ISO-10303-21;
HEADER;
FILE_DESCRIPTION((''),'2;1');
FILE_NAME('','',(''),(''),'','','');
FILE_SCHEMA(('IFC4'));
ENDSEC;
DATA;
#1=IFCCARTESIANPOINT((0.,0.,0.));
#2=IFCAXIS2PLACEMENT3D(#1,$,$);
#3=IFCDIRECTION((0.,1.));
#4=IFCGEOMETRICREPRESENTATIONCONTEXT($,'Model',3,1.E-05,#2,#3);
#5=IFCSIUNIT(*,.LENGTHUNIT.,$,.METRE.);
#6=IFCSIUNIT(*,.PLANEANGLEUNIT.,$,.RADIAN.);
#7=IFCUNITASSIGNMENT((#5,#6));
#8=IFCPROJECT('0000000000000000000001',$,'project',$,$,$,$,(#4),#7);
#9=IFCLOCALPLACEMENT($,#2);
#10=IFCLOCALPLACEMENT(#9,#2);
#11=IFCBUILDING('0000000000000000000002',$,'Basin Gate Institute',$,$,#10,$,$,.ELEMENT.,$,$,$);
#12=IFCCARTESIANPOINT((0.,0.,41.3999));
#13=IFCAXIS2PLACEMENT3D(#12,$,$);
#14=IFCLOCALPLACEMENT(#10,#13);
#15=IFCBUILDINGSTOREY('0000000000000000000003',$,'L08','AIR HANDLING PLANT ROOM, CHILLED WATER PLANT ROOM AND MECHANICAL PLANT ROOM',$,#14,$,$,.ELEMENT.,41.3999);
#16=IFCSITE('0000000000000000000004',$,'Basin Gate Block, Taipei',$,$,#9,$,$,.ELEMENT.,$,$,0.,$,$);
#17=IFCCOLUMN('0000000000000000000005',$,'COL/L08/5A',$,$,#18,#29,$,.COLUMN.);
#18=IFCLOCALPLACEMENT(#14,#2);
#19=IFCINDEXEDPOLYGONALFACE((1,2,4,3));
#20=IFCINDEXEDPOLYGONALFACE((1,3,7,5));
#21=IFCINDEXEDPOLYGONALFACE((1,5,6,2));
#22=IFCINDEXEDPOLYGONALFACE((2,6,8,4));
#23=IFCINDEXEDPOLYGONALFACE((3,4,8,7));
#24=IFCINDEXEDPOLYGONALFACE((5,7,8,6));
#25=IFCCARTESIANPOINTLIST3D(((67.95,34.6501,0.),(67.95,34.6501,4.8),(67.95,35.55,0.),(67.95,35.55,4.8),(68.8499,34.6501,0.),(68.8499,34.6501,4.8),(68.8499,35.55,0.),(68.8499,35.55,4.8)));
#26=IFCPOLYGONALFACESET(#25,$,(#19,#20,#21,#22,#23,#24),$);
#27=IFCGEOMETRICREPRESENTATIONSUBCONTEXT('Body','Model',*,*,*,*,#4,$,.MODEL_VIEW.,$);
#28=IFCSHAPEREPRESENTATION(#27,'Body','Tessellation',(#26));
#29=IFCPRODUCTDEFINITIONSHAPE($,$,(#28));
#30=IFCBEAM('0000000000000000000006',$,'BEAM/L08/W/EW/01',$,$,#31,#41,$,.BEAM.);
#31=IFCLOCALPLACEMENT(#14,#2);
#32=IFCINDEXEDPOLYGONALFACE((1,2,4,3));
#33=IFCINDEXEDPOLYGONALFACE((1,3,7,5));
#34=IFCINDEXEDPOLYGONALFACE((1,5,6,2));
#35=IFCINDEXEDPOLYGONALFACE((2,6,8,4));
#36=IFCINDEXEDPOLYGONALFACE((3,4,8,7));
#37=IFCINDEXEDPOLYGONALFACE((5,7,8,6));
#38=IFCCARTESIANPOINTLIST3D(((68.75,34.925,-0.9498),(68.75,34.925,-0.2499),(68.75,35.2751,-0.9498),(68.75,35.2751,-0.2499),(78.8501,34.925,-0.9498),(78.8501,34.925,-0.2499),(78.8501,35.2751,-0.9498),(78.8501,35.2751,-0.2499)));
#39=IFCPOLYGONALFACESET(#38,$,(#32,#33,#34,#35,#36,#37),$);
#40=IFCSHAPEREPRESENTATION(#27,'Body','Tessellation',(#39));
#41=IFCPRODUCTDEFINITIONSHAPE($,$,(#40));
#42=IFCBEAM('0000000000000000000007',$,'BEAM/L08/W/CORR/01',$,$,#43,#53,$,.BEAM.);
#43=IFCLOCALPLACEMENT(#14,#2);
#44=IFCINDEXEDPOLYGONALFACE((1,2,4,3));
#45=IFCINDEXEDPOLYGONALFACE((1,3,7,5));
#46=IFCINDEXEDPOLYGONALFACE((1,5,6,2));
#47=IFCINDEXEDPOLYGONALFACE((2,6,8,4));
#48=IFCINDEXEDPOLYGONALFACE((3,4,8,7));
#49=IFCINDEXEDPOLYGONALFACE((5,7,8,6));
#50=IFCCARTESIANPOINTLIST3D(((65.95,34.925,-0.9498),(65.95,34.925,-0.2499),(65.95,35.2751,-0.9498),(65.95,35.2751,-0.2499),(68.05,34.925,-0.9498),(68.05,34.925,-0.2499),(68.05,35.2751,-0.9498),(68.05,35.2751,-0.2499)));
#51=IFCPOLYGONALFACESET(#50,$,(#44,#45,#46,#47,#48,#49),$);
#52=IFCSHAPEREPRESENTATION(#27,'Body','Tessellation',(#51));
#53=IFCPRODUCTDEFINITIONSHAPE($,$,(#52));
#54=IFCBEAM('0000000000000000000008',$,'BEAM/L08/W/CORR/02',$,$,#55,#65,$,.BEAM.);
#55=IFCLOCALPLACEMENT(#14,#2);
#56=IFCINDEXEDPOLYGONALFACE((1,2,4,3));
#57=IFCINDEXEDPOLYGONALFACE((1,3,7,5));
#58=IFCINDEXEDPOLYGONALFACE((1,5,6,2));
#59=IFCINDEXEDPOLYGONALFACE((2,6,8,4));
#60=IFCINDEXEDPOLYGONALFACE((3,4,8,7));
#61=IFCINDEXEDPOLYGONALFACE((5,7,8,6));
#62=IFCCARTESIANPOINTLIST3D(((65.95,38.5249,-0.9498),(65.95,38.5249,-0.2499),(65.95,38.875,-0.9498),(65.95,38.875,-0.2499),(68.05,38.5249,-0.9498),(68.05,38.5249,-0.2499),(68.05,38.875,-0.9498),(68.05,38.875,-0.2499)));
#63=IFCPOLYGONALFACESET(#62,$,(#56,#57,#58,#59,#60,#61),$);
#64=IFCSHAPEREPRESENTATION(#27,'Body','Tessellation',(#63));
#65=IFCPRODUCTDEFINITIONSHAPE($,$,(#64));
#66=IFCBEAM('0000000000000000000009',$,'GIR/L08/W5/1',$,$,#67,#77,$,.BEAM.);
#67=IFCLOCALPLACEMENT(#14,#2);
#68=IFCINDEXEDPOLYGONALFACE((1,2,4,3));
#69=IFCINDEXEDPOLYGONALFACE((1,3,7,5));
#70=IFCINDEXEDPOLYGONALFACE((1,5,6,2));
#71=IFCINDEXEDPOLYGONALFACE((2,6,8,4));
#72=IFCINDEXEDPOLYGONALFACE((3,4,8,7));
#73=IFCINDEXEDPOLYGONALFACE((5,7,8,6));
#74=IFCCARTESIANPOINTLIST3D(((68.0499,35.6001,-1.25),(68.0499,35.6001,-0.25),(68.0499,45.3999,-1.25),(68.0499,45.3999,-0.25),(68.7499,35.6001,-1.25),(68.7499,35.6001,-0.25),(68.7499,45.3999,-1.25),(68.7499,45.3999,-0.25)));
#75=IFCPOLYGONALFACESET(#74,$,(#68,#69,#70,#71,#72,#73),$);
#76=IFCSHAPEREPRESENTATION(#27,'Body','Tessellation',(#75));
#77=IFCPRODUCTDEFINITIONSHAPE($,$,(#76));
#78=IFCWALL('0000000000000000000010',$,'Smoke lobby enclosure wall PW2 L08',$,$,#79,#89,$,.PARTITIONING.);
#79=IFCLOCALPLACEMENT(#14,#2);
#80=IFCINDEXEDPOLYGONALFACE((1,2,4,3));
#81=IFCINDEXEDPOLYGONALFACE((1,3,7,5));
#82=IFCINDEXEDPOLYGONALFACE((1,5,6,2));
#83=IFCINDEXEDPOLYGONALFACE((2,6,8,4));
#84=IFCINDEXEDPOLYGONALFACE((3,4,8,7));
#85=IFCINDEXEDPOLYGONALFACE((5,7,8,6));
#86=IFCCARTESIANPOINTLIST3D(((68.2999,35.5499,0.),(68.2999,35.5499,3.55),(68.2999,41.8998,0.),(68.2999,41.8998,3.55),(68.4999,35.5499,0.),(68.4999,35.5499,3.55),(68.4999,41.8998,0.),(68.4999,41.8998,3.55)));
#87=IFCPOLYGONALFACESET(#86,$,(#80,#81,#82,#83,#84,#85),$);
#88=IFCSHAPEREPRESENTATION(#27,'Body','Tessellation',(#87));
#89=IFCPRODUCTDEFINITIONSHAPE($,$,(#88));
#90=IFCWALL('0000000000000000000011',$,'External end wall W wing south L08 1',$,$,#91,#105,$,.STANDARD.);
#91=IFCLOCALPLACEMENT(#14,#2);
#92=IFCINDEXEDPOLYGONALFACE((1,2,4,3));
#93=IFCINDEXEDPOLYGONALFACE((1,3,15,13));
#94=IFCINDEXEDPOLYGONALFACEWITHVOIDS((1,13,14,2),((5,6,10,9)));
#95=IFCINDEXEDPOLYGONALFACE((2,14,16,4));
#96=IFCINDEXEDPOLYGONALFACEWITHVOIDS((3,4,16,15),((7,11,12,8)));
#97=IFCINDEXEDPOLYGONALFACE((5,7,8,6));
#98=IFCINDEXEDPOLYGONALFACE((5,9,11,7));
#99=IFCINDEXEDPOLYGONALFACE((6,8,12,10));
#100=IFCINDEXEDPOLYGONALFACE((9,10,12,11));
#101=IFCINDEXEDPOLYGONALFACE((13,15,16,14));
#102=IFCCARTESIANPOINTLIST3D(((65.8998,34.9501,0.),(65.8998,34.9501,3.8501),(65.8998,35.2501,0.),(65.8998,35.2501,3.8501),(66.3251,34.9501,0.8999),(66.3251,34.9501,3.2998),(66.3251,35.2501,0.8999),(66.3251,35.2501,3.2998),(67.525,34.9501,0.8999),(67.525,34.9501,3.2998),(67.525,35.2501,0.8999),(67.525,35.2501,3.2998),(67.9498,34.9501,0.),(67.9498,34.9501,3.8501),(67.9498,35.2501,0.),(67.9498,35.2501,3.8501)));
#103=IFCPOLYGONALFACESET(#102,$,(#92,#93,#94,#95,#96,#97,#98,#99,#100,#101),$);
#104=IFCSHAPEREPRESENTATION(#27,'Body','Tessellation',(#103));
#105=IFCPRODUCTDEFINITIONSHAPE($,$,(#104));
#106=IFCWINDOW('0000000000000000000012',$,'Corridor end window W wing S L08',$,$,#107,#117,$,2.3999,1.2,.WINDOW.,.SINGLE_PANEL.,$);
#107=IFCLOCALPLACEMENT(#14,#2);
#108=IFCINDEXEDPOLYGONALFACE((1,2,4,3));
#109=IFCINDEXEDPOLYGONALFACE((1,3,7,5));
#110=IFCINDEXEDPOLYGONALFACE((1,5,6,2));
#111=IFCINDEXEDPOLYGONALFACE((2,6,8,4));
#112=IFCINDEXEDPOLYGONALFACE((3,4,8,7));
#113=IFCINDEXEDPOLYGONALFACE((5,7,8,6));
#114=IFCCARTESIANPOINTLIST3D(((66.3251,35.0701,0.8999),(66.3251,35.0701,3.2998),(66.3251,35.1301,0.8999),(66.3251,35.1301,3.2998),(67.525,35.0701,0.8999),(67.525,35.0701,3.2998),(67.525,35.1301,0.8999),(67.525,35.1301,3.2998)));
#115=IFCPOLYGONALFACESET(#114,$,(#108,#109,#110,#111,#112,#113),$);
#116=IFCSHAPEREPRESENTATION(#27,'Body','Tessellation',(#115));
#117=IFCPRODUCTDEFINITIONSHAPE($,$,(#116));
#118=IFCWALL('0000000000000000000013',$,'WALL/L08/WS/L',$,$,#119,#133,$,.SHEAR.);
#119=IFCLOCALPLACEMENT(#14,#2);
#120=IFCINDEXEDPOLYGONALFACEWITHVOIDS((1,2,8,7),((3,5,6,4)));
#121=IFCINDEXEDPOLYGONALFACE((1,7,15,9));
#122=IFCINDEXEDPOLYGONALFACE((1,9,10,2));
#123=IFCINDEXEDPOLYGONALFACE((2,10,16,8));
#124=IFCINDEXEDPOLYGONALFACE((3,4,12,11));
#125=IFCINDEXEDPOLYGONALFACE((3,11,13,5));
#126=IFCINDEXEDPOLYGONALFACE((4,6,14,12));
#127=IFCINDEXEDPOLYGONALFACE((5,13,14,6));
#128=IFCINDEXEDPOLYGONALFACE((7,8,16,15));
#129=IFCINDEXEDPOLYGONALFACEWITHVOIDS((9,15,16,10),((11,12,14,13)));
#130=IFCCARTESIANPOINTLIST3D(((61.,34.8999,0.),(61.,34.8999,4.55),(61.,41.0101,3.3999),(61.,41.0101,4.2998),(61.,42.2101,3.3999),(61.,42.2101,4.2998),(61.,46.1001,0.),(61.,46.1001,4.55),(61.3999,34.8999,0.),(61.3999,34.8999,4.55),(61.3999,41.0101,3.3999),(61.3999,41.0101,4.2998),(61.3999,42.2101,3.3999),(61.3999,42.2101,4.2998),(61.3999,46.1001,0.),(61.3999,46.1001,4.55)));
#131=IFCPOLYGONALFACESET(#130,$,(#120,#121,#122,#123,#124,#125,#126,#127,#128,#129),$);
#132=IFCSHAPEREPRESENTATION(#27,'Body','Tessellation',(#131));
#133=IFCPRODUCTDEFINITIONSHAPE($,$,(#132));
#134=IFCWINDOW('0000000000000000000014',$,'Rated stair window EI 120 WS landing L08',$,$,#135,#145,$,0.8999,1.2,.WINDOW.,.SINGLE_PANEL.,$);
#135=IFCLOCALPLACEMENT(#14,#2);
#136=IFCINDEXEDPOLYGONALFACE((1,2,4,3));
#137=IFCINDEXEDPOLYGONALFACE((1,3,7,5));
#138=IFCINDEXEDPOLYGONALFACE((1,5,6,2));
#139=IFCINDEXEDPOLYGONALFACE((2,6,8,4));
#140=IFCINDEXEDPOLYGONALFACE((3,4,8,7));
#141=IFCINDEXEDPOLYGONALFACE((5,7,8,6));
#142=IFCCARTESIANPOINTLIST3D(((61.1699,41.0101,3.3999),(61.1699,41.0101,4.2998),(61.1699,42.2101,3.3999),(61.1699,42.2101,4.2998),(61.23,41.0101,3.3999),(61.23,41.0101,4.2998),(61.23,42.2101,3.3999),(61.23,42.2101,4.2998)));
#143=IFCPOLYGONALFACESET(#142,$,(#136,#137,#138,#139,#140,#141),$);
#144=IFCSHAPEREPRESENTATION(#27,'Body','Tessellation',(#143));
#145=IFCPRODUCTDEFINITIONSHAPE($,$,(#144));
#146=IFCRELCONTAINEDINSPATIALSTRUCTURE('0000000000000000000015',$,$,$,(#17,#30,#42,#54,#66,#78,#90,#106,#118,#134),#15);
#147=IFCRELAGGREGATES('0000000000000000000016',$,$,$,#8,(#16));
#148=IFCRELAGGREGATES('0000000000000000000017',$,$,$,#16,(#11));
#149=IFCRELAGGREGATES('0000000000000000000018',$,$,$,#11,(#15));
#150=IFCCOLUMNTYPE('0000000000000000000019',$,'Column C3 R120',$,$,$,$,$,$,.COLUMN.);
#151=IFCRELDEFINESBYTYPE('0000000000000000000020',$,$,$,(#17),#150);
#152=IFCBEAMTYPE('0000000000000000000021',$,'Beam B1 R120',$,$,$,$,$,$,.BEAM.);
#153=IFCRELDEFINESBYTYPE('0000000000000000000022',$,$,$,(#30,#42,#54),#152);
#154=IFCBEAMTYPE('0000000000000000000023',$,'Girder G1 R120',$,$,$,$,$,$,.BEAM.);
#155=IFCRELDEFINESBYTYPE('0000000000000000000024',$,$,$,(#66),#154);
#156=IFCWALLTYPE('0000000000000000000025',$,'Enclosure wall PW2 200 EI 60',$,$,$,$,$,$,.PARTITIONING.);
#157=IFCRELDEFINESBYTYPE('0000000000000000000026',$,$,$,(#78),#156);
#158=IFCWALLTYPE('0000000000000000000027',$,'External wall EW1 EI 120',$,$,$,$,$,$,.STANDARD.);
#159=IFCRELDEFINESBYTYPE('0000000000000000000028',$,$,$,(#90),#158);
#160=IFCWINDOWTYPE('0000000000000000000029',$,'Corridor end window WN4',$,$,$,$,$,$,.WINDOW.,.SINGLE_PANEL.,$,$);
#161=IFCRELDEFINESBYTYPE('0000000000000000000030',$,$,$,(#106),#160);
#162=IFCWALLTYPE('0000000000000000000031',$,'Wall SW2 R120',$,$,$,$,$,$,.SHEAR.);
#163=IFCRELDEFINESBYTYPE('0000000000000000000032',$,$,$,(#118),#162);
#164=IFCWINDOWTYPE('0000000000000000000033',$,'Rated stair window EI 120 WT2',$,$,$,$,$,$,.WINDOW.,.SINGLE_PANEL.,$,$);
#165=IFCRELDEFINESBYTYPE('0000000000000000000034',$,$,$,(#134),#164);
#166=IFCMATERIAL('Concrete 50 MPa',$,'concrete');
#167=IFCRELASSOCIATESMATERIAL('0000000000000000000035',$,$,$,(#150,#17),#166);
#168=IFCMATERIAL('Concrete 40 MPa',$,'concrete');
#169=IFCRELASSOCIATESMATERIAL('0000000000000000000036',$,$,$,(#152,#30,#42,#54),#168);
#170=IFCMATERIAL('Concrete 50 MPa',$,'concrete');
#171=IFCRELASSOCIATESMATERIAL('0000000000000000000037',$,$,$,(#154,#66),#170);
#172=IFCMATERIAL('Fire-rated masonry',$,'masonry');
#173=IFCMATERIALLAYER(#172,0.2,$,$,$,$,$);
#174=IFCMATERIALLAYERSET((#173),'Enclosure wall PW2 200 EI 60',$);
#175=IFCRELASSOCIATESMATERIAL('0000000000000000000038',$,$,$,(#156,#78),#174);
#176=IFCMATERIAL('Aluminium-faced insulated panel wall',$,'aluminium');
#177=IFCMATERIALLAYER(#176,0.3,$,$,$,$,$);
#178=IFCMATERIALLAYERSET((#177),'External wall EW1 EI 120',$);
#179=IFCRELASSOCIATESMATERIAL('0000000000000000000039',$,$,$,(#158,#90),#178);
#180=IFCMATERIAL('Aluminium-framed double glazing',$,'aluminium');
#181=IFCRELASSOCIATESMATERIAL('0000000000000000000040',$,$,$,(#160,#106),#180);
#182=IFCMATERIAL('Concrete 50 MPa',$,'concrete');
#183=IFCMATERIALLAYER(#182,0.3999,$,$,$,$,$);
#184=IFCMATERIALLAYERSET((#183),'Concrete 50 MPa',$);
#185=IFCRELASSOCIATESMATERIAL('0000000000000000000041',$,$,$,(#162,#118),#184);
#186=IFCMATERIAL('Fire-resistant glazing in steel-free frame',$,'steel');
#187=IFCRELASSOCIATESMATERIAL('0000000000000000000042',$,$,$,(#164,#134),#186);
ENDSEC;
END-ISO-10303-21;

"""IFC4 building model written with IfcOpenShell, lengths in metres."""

from ifc_helpers import new_model, si_unit, direction, frame, frame_2d, origin, origin_2d, place, context, subcontext, project, spatial, rectangle, extrude, material, layer, layer_set, material_profile, profile_set, type_object, element, fill, save


model = new_model("IFC4")

# Units and contexts
model_context = context("Model", 3, precision=1e-05, world=origin(), true_north=direction((0.0, 1.0)))
body_context = subcontext(model_context, "Body", "Model", "MODEL_VIEW")
ifc_project = project(units=[si_unit("LENGTHUNIT", "METRE"), si_unit("PLANEANGLEUNIT", "RADIAN")], contexts=[model_context])

# Site, building, storey
site_placement = place(None, origin())
site = spatial("IfcSite", under=ifc_project, at=site_placement, Name="Basin Gate Block, Taipei", CompositionType="ELEMENT", RefElevation=0.0)
building_placement = place(site_placement, origin())
building = spatial("IfcBuilding", under=site, at=building_placement, Name="Basin Gate Institute", CompositionType="ELEMENT")
storey_placement = place(building_placement, frame((0.0, 0.0, 41.3999)))
storey = spatial("IfcBuildingStorey", under=building, at=storey_placement, Name="L08", Description="AIR HANDLING PLANT ROOM, CHILLED WATER PLANT ROOM AND MECHANICAL PLANT ROOM", CompositionType="ELEMENT", Elevation=41.3999)

# Column
ifc_material_1 = material(Name="Concrete 50 MPa", Category="concrete")
ifc_material_profile_1 = material_profile(ifc_material_1, rectangle(XDim=0.8999, YDim=0.8999, at=origin_2d()), Name="Column C3 900 x 900")
ifc_profile_set_1 = profile_set([ifc_material_profile_1], Name="Concrete 50 MPa")
column_type = type_object("IfcColumnType", Name="Column C3 R120", PredefinedType="COLUMN", material=ifc_profile_set_1)
column_placement = place(storey_placement, frame((68.3999, 35.1001, 0.0), z_axis=(0.0, 0.0, 1.0), x_axis=(1.0, 0.0, 0.0)))
element("IfcColumn", 1, at=column_placement, inside=storey, type_object=column_type, material=ifc_profile_set_1, Name="COL/L08/5A", PredefinedType="COLUMN", context=body_context, shape_type="SweptSolid", body=[
    extrude(rectangle(XDim=0.8999, YDim=0.8999, at=origin_2d()), origin(), (0.0, 0.0, 1.0), 4.8),
])

# Beams
ifc_material_2 = material(Name="Concrete 40 MPa", Category="concrete")
ifc_material_profile_2 = material_profile(ifc_material_2, rectangle(XDim=0.3501, YDim=0.7, at=origin_2d()), Name="Beam B1 350 x 700")
ifc_profile_set_2 = profile_set([ifc_material_profile_2], Name="Concrete 40 MPa")
beam_type_1 = type_object("IfcBeamType", Name="Beam B1 R120", PredefinedType="BEAM", material=ifc_profile_set_2)
beam_1_placement = place(storey_placement, frame((68.75, 35.1001, -0.5999), z_axis=(1.0, 0.0, 0.0), x_axis=(0.0, 1.0, 0.0)))
element("IfcBeam", 2, at=beam_1_placement, inside=storey, type_object=beam_type_1, material=ifc_profile_set_2, Name="BEAM/L08/W/EW/01", PredefinedType="BEAM", context=body_context, shape_type="SweptSolid", body=[
    extrude(rectangle(XDim=0.3501, YDim=0.7, at=origin_2d()), origin(), (0.0, 0.0, 1.0), 10.1001),
])
for number, where, z_axis, x_axis, name in (
    (3, (65.95, 35.1001, -0.5999), (1.0, 0.0, 0.0), (0.0, 1.0, 0.0), "BEAM/L08/W/CORR/01"),
    (4, (65.95, 38.7, -0.5999), (1.0, 0.0, 0.0), (0.0, 1.0, 0.0), "BEAM/L08/W/CORR/02"),
):
    element("IfcBeam", number, at=place(storey_placement, frame(where, z_axis=z_axis, x_axis=x_axis)), inside=storey, type_object=beam_type_1, material=ifc_profile_set_2, Name=name, PredefinedType="BEAM", context=body_context, shape_type="SweptSolid", body=[
        extrude(rectangle(XDim=0.3501, YDim=0.7, at=origin_2d()), origin(), (0.0, 0.0, 1.0), 2.1001),
    ])
ifc_material_3 = material(Name="Concrete 50 MPa", Category="concrete")
ifc_material_profile_3 = material_profile(ifc_material_3, rectangle(XDim=0.7, YDim=1.0, at=origin_2d()), Name="Girder G1 700 x 1000")
ifc_profile_set_3 = profile_set([ifc_material_profile_3], Name="Concrete 50 MPa")
beam_type_2 = type_object("IfcBeamType", Name="Girder G1 R120", PredefinedType="BEAM", material=ifc_profile_set_3)
beam_2_placement = place(storey_placement, frame((68.3999, 35.6001, -0.75), z_axis=(0.0, 1.0, 0.0), x_axis=(-1.0, 0.0, 0.0)))
element("IfcBeam", 5, at=beam_2_placement, inside=storey, type_object=beam_type_2, material=ifc_profile_set_3, Name="GIR/L08/W5/1", PredefinedType="BEAM", context=body_context, shape_type="SweptSolid", body=[
    extrude(rectangle(XDim=0.7, YDim=1.0, at=origin_2d()), origin(), (0.0, 0.0, 1.0), 9.7998),
])

# Wall
ifc_material_4 = material(Name="Fire-rated masonry", Category="masonry")
ifc_layer_1 = layer(ifc_material_4, 0.2)
ifc_layer_set_1 = layer_set([ifc_layer_1], Name="Enclosure wall PW2 200 EI 60")
wall_type_1 = type_object("IfcWallType", Name="Enclosure wall PW2 200 EI 60", PredefinedType="PARTITIONING", material=ifc_layer_set_1)
wall_1_placement = place(storey_placement, frame((68.3999, 35.55, 0.0), z_axis=(0.0, 0.0, 1.0), x_axis=(0.0, 1.0, 0.0)))
element("IfcWall", 6, at=wall_1_placement, inside=storey, type_object=wall_type_1, material=ifc_layer_set_1, Name="Smoke lobby enclosure wall PW2 L08", PredefinedType="PARTITIONING", context=body_context, shape_type="SweptSolid", body=[
    extrude(rectangle(XDim=6.3499, YDim=0.2, at=frame_2d((3.1748, 0.0))), origin(), (0.0, 0.0, 1.0), 3.55),
])

# Walls, openings, windows
ifc_material_5 = material(Name="Aluminium-faced insulated panel wall", Category="aluminium")
ifc_layer_2 = layer(ifc_material_5, 0.3)
ifc_layer_set_2 = layer_set([ifc_layer_2], Name="External wall EW1 EI 120")
wall_type_2 = type_object("IfcWallType", Name="External wall EW1 EI 120", PredefinedType="STANDARD", material=ifc_layer_set_2)
wall_2_placement = place(storey_placement, frame((65.8999, 35.1001, 0.0), z_axis=(0.0, 0.0, 1.0), x_axis=(1.0, 0.0, 0.0)))
wall_2 = element("IfcWall", 7, at=wall_2_placement, inside=storey, type_object=wall_type_2, material=ifc_layer_set_2, Name="External end wall W wing south L08 1", PredefinedType="STANDARD", context=body_context, shape_type="SweptSolid", body=[
    extrude(rectangle(XDim=2.05, YDim=0.3, at=frame_2d((1.0249, 0.0))), origin(), (0.0, 0.0, 1.0), 3.8501),
])
opening_1_placement = place(wall_2_placement, frame((0.425, 0.0, 0.8999)))
opening_1 = element("IfcOpeningElement", 8, at=opening_1_placement, cuts=wall_2, PredefinedType="OPENING", context=body_context, shape_type="SweptSolid", body=[
    extrude(rectangle(XDim=1.2, YDim=2.3999, at=frame_2d((0.6001, 1.2))), frame((0.0, 0.1602, 0.0), z_axis=(0.0, -1.0, 0.0), x_axis=(1.0, 0.0, 0.0)), (0.0, 0.0, 1.0), 0.3201),
])
ifc_material_6 = material(Name="Aluminium-framed double glazing", Category="aluminium")
window_type_1 = type_object("IfcWindowType", Name="Corridor end window WN4", PartitioningType="SINGLE_PANEL", PredefinedType="WINDOW", material=ifc_material_6)
window_1_placement = place(opening_1_placement, origin())
window_1 = element("IfcWindow", 9, at=window_1_placement, inside=storey, type_object=window_type_1, material=ifc_material_6, Name="Corridor end window W wing S L08", OverallHeight=2.3999, OverallWidth=1.2, PartitioningType="SINGLE_PANEL", PredefinedType="WINDOW", context=body_context, shape_type="SweptSolid", body=[
    extrude(rectangle(XDim=1.2, YDim=2.3999, at=frame_2d((0.6001, 1.2))), frame((0.0, 0.03, 0.0), z_axis=(0.0, -1.0, 0.0), x_axis=(1.0, 0.0, 0.0)), (0.0, 0.0, 1.0), 0.0601),
])
fill(opening_1, window_1)
ifc_material_7 = material(Name="Concrete 50 MPa", Category="concrete")
ifc_layer_3 = layer(ifc_material_7, 0.3999)
ifc_layer_set_3 = layer_set([ifc_layer_3], Name="Concrete 50 MPa")
wall_type_3 = type_object("IfcWallType", Name="Wall SW2 R120", PredefinedType="SHEAR", material=ifc_layer_set_3)
wall_3_placement = place(storey_placement, frame((61.2, 34.8999, 0.0), z_axis=(0.0, 0.0, 1.0), x_axis=(0.0, 1.0, 0.0)))
wall_3 = element("IfcWall", 10, at=wall_3_placement, inside=storey, type_object=wall_type_3, material=ifc_layer_set_3, Name="WALL/L08/WS/L", PredefinedType="SHEAR", context=body_context, shape_type="SweptSolid", body=[
    extrude(rectangle(XDim=11.2002, YDim=0.3999, at=frame_2d((5.6001, 0.0))), origin(), (0.0, 0.0, 1.0), 4.55),
])
opening_2_placement = place(wall_3_placement, frame((6.1101, 0.0, 3.3999)))
opening_2 = element("IfcOpeningElement", 11, at=opening_2_placement, cuts=wall_3, PredefinedType="OPENING", context=body_context, shape_type="SweptSolid", body=[
    extrude(rectangle(XDim=1.2, YDim=0.8999, at=frame_2d((0.6001, 0.45))), frame((0.0, 0.21, 0.0), z_axis=(0.0, -1.0, 0.0), x_axis=(1.0, 0.0, 0.0)), (0.0, 0.0, 1.0), 0.4199),
])
ifc_material_8 = material(Name="Fire-resistant glazing in steel-free frame", Category="steel")
window_type_2 = type_object("IfcWindowType", Name="Rated stair window EI 120 WT2", PartitioningType="SINGLE_PANEL", PredefinedType="WINDOW", material=ifc_material_8)
window_2_placement = place(opening_2_placement, origin())
window_2 = element("IfcWindow", 12, at=window_2_placement, inside=storey, type_object=window_type_2, material=ifc_material_8, Name="Rated stair window EI 120 WS landing L08", OverallHeight=0.8999, OverallWidth=1.2, PartitioningType="SINGLE_PANEL", PredefinedType="WINDOW", context=body_context, shape_type="SweptSolid", body=[
    extrude(rectangle(XDim=1.2, YDim=0.8999, at=frame_2d((0.6001, 0.45))), frame((0.0, 0.03, 0.0), z_axis=(0.0, -1.0, 0.0), x_axis=(1.0, 0.0, 0.0)), (0.0, 0.0, 1.0), 0.0601),
])
fill(opening_2, window_2)

save(model, "model.ifc")
